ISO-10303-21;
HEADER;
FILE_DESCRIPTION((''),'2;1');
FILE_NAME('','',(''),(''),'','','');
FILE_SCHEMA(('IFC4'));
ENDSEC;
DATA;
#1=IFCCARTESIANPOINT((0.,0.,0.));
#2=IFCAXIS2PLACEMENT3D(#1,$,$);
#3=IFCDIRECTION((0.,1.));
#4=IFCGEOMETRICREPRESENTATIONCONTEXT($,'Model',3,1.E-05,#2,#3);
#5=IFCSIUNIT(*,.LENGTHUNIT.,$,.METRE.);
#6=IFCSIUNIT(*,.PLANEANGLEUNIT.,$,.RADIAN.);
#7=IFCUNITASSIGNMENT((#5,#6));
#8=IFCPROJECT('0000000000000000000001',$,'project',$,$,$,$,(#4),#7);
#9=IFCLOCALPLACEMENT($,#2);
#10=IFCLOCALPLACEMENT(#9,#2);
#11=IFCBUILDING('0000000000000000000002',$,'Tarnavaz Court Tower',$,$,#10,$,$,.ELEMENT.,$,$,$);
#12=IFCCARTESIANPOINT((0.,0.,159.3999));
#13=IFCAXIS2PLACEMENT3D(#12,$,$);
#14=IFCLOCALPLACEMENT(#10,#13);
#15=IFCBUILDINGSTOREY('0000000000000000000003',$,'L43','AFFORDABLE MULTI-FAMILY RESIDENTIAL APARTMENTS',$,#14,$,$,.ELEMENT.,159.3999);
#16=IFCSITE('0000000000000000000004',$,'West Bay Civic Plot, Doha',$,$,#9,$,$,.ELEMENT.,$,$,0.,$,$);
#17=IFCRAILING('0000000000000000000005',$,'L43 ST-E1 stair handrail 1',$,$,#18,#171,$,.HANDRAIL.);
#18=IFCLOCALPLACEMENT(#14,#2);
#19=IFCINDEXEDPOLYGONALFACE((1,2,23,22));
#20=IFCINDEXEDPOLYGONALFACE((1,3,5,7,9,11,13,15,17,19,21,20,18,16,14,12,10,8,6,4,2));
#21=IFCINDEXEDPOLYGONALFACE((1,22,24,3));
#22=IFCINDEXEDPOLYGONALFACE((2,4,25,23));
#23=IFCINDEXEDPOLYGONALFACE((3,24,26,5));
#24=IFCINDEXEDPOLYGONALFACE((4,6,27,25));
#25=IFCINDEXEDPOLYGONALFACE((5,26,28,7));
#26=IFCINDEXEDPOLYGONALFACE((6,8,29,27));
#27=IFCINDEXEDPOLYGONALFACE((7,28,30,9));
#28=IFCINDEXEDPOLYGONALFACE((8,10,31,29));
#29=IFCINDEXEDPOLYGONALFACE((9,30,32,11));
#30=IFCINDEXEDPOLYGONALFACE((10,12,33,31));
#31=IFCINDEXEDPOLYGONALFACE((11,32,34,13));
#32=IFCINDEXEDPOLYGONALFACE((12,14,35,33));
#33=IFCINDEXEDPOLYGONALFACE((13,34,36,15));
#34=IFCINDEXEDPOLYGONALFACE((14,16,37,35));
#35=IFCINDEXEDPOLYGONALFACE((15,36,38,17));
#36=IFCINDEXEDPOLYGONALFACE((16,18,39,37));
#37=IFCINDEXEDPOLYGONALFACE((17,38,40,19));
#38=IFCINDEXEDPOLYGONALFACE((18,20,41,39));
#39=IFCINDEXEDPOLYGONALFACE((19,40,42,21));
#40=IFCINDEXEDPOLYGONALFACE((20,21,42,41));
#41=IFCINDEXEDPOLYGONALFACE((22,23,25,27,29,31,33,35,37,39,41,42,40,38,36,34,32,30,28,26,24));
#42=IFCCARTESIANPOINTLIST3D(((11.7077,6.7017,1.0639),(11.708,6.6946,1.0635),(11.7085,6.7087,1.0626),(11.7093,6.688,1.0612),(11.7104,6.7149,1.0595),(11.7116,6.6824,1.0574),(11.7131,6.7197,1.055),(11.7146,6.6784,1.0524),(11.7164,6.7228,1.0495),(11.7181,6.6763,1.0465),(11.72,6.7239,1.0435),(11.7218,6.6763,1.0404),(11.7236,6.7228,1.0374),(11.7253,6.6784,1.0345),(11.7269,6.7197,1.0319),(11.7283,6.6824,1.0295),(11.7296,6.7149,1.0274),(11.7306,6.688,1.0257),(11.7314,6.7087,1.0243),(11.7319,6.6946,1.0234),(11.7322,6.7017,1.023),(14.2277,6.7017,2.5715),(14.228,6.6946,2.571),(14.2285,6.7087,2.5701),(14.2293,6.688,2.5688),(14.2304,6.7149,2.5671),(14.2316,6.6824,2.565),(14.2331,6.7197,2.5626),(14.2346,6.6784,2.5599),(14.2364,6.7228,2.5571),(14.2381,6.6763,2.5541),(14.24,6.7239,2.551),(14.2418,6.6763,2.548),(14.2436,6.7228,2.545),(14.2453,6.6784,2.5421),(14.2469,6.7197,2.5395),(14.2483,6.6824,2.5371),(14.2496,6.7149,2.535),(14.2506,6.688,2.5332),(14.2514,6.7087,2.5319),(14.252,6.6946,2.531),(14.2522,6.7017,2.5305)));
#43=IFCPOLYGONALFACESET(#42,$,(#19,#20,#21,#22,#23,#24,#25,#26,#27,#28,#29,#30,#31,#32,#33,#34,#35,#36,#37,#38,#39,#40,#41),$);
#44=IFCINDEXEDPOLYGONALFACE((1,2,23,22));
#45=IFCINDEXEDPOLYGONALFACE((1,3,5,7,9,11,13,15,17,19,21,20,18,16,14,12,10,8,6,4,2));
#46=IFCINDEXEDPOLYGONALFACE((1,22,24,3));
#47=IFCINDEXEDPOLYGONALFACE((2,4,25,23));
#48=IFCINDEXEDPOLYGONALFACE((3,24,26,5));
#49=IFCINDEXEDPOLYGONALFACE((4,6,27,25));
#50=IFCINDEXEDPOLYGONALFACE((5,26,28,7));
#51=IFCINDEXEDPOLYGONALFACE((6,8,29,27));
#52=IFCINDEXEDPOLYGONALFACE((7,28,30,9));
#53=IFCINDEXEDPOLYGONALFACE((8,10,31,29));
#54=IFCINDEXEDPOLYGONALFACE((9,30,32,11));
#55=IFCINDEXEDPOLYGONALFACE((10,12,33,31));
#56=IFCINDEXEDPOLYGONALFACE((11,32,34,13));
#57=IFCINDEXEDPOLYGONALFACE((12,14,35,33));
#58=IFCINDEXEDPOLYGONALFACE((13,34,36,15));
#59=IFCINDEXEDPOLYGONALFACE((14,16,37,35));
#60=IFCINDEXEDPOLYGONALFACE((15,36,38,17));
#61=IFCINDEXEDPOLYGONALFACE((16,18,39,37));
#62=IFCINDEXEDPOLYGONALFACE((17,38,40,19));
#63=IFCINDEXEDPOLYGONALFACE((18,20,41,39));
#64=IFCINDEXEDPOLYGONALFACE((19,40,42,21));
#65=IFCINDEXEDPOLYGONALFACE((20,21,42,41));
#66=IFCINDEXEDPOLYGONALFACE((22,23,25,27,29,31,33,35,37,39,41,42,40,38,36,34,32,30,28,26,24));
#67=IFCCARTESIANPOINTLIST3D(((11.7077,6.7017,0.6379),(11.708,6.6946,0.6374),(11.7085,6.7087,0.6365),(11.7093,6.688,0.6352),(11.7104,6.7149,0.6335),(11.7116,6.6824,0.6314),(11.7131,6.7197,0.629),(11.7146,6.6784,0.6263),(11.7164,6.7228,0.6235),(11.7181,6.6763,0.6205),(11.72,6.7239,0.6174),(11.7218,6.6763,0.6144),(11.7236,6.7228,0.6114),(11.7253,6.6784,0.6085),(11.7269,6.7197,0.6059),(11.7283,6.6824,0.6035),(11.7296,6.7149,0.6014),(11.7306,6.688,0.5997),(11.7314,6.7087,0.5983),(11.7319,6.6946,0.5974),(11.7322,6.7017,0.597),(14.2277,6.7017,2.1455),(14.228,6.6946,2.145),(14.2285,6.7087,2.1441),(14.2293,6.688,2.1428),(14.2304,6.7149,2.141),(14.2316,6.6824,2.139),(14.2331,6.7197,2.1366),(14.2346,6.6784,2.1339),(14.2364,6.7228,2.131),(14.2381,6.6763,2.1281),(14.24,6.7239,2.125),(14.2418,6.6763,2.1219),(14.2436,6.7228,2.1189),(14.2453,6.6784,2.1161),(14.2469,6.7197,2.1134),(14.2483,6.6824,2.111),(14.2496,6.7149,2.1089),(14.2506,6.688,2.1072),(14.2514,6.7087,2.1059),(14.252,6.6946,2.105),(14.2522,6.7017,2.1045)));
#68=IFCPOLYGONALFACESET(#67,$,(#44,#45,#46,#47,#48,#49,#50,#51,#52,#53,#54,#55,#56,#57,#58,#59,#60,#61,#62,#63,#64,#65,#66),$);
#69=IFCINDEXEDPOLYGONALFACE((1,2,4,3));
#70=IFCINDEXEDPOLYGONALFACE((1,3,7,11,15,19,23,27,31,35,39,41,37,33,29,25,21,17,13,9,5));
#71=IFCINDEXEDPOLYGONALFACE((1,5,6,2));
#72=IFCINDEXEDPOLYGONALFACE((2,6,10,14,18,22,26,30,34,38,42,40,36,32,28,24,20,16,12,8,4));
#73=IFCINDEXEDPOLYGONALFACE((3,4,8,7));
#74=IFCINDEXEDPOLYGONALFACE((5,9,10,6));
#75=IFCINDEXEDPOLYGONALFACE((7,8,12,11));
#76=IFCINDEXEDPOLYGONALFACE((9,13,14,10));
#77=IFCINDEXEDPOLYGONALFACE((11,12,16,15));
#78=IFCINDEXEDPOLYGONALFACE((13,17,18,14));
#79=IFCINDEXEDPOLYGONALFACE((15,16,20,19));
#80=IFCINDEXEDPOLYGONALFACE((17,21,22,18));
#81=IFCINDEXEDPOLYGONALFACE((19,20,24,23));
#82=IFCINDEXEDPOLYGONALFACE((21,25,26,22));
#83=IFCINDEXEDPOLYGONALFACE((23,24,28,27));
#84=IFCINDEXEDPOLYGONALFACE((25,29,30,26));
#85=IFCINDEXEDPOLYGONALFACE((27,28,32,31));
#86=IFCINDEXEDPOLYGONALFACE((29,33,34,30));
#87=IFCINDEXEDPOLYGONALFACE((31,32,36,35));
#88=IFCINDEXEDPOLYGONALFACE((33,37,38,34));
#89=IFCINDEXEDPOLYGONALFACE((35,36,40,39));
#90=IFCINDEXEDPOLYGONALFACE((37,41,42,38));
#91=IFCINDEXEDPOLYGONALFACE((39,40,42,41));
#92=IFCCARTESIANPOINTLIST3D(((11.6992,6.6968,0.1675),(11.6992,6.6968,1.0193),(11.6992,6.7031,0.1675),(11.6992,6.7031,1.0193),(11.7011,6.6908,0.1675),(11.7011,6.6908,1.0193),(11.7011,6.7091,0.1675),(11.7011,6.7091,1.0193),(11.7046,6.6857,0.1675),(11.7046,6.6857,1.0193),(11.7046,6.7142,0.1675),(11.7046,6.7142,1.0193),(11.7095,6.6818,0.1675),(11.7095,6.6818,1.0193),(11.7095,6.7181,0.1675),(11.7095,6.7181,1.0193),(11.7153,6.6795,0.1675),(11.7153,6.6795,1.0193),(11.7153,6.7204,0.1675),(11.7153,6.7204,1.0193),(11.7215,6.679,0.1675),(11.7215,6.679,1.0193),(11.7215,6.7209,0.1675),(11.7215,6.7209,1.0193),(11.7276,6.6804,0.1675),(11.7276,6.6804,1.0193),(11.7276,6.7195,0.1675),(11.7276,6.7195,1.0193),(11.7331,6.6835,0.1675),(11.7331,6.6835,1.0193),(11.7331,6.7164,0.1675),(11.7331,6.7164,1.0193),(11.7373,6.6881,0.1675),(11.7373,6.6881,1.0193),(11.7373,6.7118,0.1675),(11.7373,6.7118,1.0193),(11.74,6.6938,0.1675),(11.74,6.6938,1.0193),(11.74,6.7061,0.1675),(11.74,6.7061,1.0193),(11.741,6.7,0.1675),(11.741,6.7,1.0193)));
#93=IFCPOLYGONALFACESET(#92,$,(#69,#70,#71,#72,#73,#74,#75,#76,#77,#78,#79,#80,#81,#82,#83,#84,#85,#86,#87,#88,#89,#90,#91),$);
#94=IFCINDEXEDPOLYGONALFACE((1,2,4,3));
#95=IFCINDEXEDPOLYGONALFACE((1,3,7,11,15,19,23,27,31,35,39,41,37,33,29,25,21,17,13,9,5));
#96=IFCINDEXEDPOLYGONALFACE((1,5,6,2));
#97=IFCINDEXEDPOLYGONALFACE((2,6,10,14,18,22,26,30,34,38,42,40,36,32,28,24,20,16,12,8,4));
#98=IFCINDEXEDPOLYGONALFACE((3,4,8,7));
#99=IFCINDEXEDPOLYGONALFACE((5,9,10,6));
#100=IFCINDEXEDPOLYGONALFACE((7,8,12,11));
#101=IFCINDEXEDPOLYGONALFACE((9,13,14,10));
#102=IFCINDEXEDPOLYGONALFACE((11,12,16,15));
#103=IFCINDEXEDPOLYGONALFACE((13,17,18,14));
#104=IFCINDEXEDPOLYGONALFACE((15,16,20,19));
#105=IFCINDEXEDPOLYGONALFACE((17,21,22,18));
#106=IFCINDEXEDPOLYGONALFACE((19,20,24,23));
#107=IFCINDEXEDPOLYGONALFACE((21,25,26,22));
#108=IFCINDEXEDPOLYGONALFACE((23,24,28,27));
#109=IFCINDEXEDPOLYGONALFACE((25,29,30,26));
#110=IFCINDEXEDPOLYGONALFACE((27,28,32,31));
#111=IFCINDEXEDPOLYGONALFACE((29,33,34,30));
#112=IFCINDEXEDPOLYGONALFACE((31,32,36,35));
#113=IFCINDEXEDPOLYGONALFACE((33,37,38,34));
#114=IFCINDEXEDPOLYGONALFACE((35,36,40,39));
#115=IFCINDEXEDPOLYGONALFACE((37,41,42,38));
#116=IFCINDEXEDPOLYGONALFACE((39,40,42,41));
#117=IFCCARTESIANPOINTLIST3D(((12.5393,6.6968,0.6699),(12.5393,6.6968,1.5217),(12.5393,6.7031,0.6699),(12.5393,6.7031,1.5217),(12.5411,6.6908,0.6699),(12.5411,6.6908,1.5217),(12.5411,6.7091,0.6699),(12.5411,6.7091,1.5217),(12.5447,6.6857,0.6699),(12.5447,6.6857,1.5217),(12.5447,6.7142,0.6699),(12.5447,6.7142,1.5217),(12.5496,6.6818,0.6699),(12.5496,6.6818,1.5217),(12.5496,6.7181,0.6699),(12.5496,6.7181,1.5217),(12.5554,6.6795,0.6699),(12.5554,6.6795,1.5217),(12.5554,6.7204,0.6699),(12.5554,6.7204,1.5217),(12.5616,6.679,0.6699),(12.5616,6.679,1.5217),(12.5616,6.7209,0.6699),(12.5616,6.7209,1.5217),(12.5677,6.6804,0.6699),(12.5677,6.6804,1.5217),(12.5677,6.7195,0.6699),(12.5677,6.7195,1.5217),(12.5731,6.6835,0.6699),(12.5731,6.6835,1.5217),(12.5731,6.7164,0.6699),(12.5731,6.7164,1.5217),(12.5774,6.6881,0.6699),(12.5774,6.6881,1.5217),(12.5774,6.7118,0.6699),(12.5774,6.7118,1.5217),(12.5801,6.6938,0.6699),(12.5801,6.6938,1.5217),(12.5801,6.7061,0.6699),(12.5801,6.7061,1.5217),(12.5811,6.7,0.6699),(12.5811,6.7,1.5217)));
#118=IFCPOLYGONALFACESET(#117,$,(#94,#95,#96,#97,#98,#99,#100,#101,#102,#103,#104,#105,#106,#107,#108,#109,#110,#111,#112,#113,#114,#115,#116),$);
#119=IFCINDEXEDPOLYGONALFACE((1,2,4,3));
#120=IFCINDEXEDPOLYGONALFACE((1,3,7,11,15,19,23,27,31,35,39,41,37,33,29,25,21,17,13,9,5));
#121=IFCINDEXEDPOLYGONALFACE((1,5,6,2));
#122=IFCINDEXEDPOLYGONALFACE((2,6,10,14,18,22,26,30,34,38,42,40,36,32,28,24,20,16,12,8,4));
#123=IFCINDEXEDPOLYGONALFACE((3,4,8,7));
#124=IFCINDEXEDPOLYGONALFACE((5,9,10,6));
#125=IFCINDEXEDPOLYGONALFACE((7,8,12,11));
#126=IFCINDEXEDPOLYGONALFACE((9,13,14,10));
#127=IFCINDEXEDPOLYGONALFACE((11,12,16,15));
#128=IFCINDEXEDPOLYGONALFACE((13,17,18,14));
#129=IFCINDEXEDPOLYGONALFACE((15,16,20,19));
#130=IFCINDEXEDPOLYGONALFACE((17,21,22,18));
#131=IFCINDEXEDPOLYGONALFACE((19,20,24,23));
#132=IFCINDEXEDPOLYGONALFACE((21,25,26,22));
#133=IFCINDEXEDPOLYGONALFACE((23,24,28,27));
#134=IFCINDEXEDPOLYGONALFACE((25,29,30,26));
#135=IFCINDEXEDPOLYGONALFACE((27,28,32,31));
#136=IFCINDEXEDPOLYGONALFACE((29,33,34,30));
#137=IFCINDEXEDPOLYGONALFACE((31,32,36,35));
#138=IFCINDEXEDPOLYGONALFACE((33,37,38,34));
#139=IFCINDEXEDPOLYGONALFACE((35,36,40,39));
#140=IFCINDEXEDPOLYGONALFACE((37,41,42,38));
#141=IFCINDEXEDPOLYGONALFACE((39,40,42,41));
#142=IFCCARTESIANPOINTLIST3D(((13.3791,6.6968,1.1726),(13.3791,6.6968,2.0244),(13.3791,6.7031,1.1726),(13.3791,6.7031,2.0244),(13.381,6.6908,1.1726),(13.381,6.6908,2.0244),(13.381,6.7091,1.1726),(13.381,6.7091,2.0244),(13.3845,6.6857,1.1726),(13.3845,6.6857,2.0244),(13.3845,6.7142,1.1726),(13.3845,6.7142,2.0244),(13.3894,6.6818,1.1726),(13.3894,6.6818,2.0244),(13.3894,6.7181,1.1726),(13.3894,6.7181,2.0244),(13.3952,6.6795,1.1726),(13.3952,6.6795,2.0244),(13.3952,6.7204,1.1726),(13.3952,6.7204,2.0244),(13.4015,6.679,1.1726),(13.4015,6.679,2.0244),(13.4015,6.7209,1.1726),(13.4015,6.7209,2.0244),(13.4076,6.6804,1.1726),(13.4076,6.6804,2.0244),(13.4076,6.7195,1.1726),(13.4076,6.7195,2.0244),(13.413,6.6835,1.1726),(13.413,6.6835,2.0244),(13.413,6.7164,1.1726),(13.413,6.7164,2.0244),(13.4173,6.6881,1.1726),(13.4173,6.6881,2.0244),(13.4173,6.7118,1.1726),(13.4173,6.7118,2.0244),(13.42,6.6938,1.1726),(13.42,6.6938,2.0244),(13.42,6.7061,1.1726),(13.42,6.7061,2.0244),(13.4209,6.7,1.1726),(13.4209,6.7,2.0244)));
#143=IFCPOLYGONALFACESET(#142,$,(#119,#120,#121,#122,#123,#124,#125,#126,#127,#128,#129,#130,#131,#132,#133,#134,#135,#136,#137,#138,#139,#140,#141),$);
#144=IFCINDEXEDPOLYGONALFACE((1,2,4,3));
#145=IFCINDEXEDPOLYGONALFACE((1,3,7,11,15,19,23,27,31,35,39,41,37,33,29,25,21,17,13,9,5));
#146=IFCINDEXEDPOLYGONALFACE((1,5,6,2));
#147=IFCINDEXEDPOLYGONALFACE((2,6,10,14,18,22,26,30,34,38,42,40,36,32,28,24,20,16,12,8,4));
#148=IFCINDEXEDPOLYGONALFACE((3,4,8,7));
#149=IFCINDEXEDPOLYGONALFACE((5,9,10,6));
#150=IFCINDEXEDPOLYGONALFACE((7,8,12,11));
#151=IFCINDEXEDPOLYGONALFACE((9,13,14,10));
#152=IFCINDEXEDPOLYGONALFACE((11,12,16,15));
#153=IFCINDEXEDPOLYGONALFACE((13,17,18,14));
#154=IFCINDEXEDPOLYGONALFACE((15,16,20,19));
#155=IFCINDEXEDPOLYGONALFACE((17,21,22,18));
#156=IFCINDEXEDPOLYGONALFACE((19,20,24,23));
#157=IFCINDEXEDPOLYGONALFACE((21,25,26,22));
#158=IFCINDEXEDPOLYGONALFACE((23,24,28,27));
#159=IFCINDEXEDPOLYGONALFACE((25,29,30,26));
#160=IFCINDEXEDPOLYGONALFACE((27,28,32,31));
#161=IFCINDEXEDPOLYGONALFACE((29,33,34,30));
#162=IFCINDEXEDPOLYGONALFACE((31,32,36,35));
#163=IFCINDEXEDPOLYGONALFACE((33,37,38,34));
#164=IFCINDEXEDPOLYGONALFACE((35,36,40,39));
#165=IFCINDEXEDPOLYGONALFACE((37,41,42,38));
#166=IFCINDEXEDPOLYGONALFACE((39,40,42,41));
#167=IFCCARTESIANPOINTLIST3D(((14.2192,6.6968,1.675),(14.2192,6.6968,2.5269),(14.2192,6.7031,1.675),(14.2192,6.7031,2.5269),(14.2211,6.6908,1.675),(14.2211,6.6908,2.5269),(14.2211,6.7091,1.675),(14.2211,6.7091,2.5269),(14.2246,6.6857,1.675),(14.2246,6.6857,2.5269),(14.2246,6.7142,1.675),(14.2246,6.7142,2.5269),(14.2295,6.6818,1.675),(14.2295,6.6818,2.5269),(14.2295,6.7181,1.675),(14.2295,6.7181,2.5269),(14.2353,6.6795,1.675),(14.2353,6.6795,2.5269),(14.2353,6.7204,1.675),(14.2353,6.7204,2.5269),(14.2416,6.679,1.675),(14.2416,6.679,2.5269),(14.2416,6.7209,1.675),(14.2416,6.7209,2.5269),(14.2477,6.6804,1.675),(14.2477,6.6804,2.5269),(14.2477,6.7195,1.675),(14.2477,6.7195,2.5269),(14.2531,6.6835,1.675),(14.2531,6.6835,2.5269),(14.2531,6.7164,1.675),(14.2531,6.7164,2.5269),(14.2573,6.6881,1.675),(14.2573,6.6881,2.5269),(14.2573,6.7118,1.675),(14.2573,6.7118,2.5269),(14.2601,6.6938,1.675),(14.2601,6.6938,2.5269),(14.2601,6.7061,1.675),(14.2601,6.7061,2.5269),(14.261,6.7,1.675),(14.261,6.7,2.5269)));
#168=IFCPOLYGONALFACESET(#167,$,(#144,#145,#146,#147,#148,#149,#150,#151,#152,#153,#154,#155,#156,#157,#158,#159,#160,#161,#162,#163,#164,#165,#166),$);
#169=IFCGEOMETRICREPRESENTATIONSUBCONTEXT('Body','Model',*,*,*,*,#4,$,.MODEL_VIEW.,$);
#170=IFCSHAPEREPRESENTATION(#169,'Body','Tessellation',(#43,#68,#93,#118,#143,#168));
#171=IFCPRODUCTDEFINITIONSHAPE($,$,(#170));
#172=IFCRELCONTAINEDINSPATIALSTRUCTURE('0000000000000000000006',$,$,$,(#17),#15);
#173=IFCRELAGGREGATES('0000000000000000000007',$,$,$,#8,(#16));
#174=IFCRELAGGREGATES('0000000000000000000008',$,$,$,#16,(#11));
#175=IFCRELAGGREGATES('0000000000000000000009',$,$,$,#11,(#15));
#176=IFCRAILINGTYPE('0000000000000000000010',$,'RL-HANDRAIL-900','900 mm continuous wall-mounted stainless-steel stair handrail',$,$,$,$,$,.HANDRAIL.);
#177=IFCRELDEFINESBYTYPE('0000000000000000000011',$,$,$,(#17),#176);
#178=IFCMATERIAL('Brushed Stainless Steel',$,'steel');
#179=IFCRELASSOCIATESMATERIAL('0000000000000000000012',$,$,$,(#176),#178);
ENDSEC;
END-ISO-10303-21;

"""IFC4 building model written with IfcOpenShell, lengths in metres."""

from ifc_helpers import new_model, si_unit, direction, frame, origin, origin_2d, place, context, subcontext, project, spatial, circle, extrude, material, type_object, element, save


model = new_model("IFC4")

# Units and contexts
model_context = context("Model", 3, precision=1e-05, world=origin(), true_north=direction((0.0, 1.0)))
body_context = subcontext(model_context, "Body", "Model", "MODEL_VIEW")
ifc_project = project(units=[si_unit("LENGTHUNIT", "METRE"), si_unit("PLANEANGLEUNIT", "RADIAN")], contexts=[model_context])

# Site, building, storey
site_placement = place(None, origin())
site = spatial("IfcSite", under=ifc_project, at=site_placement, Name="West Bay Civic Plot, Doha", CompositionType="ELEMENT", RefElevation=0.0)
building_placement = place(site_placement, origin())
building = spatial("IfcBuilding", under=site, at=building_placement, Name="Tarnavaz Court Tower", CompositionType="ELEMENT")
storey_placement = place(building_placement, frame((0.0, 0.0, 159.3999)))
storey = spatial("IfcBuildingStorey", under=building, at=storey_placement, Name="L43", Description="AFFORDABLE MULTI-FAMILY RESIDENTIAL APARTMENTS", CompositionType="ELEMENT", Elevation=159.3999)

# Railing
ifc_material_1 = material(Name="Brushed Stainless Steel", Category="steel")
railing_type_1 = type_object("IfcRailingType", Name="RL-HANDRAIL-900", Description="900 mm continuous wall-mounted stainless-steel stair handrail", PredefinedType="HANDRAIL", material=ifc_material_1)
railing_1_placement = place(storey_placement, frame((11.72, 6.7, 0.1675)))
element("IfcRailing", 1, at=railing_1_placement, inside=storey, type_object=railing_type_1, Name="L43 ST-E1 stair handrail 1", PredefinedType="HANDRAIL", context=body_context, shape_type="SweptSolid", body=[
    extrude(circle(Radius=0.0239, at=origin_2d()), frame((0.0, 0.0, 0.876), z_axis=(0.85816, 0.0, 0.513383), x_axis=(0.0, 1.0, 0.0)), (0.0, 0.0, 1.0), 2.9365),
    extrude(circle(Radius=0.0239, at=origin_2d()), frame((0.0, 0.0, 0.45), z_axis=(0.85816, 0.0, 0.513383), x_axis=(0.0, 1.0, 0.0)), (0.0, 0.0, 1.0), 2.9365),
    extrude(circle(Radius=0.021, at=origin_2d()), origin(), (0.0, 0.0, 1.0), 0.8518),
    extrude(circle(Radius=0.021, at=origin_2d()), frame((0.8401, 0.0, 0.5024)), (0.0, 0.0, 1.0), 0.8518),
    extrude(circle(Radius=0.021, at=origin_2d()), frame((1.6799, 0.0, 1.0051)), (0.0, 0.0, 1.0), 0.8518),
    extrude(circle(Radius=0.021, at=origin_2d()), frame((2.52, 0.0, 1.5076)), (0.0, 0.0, 1.0), 0.8518),
])

save(model, "model.ifc")
